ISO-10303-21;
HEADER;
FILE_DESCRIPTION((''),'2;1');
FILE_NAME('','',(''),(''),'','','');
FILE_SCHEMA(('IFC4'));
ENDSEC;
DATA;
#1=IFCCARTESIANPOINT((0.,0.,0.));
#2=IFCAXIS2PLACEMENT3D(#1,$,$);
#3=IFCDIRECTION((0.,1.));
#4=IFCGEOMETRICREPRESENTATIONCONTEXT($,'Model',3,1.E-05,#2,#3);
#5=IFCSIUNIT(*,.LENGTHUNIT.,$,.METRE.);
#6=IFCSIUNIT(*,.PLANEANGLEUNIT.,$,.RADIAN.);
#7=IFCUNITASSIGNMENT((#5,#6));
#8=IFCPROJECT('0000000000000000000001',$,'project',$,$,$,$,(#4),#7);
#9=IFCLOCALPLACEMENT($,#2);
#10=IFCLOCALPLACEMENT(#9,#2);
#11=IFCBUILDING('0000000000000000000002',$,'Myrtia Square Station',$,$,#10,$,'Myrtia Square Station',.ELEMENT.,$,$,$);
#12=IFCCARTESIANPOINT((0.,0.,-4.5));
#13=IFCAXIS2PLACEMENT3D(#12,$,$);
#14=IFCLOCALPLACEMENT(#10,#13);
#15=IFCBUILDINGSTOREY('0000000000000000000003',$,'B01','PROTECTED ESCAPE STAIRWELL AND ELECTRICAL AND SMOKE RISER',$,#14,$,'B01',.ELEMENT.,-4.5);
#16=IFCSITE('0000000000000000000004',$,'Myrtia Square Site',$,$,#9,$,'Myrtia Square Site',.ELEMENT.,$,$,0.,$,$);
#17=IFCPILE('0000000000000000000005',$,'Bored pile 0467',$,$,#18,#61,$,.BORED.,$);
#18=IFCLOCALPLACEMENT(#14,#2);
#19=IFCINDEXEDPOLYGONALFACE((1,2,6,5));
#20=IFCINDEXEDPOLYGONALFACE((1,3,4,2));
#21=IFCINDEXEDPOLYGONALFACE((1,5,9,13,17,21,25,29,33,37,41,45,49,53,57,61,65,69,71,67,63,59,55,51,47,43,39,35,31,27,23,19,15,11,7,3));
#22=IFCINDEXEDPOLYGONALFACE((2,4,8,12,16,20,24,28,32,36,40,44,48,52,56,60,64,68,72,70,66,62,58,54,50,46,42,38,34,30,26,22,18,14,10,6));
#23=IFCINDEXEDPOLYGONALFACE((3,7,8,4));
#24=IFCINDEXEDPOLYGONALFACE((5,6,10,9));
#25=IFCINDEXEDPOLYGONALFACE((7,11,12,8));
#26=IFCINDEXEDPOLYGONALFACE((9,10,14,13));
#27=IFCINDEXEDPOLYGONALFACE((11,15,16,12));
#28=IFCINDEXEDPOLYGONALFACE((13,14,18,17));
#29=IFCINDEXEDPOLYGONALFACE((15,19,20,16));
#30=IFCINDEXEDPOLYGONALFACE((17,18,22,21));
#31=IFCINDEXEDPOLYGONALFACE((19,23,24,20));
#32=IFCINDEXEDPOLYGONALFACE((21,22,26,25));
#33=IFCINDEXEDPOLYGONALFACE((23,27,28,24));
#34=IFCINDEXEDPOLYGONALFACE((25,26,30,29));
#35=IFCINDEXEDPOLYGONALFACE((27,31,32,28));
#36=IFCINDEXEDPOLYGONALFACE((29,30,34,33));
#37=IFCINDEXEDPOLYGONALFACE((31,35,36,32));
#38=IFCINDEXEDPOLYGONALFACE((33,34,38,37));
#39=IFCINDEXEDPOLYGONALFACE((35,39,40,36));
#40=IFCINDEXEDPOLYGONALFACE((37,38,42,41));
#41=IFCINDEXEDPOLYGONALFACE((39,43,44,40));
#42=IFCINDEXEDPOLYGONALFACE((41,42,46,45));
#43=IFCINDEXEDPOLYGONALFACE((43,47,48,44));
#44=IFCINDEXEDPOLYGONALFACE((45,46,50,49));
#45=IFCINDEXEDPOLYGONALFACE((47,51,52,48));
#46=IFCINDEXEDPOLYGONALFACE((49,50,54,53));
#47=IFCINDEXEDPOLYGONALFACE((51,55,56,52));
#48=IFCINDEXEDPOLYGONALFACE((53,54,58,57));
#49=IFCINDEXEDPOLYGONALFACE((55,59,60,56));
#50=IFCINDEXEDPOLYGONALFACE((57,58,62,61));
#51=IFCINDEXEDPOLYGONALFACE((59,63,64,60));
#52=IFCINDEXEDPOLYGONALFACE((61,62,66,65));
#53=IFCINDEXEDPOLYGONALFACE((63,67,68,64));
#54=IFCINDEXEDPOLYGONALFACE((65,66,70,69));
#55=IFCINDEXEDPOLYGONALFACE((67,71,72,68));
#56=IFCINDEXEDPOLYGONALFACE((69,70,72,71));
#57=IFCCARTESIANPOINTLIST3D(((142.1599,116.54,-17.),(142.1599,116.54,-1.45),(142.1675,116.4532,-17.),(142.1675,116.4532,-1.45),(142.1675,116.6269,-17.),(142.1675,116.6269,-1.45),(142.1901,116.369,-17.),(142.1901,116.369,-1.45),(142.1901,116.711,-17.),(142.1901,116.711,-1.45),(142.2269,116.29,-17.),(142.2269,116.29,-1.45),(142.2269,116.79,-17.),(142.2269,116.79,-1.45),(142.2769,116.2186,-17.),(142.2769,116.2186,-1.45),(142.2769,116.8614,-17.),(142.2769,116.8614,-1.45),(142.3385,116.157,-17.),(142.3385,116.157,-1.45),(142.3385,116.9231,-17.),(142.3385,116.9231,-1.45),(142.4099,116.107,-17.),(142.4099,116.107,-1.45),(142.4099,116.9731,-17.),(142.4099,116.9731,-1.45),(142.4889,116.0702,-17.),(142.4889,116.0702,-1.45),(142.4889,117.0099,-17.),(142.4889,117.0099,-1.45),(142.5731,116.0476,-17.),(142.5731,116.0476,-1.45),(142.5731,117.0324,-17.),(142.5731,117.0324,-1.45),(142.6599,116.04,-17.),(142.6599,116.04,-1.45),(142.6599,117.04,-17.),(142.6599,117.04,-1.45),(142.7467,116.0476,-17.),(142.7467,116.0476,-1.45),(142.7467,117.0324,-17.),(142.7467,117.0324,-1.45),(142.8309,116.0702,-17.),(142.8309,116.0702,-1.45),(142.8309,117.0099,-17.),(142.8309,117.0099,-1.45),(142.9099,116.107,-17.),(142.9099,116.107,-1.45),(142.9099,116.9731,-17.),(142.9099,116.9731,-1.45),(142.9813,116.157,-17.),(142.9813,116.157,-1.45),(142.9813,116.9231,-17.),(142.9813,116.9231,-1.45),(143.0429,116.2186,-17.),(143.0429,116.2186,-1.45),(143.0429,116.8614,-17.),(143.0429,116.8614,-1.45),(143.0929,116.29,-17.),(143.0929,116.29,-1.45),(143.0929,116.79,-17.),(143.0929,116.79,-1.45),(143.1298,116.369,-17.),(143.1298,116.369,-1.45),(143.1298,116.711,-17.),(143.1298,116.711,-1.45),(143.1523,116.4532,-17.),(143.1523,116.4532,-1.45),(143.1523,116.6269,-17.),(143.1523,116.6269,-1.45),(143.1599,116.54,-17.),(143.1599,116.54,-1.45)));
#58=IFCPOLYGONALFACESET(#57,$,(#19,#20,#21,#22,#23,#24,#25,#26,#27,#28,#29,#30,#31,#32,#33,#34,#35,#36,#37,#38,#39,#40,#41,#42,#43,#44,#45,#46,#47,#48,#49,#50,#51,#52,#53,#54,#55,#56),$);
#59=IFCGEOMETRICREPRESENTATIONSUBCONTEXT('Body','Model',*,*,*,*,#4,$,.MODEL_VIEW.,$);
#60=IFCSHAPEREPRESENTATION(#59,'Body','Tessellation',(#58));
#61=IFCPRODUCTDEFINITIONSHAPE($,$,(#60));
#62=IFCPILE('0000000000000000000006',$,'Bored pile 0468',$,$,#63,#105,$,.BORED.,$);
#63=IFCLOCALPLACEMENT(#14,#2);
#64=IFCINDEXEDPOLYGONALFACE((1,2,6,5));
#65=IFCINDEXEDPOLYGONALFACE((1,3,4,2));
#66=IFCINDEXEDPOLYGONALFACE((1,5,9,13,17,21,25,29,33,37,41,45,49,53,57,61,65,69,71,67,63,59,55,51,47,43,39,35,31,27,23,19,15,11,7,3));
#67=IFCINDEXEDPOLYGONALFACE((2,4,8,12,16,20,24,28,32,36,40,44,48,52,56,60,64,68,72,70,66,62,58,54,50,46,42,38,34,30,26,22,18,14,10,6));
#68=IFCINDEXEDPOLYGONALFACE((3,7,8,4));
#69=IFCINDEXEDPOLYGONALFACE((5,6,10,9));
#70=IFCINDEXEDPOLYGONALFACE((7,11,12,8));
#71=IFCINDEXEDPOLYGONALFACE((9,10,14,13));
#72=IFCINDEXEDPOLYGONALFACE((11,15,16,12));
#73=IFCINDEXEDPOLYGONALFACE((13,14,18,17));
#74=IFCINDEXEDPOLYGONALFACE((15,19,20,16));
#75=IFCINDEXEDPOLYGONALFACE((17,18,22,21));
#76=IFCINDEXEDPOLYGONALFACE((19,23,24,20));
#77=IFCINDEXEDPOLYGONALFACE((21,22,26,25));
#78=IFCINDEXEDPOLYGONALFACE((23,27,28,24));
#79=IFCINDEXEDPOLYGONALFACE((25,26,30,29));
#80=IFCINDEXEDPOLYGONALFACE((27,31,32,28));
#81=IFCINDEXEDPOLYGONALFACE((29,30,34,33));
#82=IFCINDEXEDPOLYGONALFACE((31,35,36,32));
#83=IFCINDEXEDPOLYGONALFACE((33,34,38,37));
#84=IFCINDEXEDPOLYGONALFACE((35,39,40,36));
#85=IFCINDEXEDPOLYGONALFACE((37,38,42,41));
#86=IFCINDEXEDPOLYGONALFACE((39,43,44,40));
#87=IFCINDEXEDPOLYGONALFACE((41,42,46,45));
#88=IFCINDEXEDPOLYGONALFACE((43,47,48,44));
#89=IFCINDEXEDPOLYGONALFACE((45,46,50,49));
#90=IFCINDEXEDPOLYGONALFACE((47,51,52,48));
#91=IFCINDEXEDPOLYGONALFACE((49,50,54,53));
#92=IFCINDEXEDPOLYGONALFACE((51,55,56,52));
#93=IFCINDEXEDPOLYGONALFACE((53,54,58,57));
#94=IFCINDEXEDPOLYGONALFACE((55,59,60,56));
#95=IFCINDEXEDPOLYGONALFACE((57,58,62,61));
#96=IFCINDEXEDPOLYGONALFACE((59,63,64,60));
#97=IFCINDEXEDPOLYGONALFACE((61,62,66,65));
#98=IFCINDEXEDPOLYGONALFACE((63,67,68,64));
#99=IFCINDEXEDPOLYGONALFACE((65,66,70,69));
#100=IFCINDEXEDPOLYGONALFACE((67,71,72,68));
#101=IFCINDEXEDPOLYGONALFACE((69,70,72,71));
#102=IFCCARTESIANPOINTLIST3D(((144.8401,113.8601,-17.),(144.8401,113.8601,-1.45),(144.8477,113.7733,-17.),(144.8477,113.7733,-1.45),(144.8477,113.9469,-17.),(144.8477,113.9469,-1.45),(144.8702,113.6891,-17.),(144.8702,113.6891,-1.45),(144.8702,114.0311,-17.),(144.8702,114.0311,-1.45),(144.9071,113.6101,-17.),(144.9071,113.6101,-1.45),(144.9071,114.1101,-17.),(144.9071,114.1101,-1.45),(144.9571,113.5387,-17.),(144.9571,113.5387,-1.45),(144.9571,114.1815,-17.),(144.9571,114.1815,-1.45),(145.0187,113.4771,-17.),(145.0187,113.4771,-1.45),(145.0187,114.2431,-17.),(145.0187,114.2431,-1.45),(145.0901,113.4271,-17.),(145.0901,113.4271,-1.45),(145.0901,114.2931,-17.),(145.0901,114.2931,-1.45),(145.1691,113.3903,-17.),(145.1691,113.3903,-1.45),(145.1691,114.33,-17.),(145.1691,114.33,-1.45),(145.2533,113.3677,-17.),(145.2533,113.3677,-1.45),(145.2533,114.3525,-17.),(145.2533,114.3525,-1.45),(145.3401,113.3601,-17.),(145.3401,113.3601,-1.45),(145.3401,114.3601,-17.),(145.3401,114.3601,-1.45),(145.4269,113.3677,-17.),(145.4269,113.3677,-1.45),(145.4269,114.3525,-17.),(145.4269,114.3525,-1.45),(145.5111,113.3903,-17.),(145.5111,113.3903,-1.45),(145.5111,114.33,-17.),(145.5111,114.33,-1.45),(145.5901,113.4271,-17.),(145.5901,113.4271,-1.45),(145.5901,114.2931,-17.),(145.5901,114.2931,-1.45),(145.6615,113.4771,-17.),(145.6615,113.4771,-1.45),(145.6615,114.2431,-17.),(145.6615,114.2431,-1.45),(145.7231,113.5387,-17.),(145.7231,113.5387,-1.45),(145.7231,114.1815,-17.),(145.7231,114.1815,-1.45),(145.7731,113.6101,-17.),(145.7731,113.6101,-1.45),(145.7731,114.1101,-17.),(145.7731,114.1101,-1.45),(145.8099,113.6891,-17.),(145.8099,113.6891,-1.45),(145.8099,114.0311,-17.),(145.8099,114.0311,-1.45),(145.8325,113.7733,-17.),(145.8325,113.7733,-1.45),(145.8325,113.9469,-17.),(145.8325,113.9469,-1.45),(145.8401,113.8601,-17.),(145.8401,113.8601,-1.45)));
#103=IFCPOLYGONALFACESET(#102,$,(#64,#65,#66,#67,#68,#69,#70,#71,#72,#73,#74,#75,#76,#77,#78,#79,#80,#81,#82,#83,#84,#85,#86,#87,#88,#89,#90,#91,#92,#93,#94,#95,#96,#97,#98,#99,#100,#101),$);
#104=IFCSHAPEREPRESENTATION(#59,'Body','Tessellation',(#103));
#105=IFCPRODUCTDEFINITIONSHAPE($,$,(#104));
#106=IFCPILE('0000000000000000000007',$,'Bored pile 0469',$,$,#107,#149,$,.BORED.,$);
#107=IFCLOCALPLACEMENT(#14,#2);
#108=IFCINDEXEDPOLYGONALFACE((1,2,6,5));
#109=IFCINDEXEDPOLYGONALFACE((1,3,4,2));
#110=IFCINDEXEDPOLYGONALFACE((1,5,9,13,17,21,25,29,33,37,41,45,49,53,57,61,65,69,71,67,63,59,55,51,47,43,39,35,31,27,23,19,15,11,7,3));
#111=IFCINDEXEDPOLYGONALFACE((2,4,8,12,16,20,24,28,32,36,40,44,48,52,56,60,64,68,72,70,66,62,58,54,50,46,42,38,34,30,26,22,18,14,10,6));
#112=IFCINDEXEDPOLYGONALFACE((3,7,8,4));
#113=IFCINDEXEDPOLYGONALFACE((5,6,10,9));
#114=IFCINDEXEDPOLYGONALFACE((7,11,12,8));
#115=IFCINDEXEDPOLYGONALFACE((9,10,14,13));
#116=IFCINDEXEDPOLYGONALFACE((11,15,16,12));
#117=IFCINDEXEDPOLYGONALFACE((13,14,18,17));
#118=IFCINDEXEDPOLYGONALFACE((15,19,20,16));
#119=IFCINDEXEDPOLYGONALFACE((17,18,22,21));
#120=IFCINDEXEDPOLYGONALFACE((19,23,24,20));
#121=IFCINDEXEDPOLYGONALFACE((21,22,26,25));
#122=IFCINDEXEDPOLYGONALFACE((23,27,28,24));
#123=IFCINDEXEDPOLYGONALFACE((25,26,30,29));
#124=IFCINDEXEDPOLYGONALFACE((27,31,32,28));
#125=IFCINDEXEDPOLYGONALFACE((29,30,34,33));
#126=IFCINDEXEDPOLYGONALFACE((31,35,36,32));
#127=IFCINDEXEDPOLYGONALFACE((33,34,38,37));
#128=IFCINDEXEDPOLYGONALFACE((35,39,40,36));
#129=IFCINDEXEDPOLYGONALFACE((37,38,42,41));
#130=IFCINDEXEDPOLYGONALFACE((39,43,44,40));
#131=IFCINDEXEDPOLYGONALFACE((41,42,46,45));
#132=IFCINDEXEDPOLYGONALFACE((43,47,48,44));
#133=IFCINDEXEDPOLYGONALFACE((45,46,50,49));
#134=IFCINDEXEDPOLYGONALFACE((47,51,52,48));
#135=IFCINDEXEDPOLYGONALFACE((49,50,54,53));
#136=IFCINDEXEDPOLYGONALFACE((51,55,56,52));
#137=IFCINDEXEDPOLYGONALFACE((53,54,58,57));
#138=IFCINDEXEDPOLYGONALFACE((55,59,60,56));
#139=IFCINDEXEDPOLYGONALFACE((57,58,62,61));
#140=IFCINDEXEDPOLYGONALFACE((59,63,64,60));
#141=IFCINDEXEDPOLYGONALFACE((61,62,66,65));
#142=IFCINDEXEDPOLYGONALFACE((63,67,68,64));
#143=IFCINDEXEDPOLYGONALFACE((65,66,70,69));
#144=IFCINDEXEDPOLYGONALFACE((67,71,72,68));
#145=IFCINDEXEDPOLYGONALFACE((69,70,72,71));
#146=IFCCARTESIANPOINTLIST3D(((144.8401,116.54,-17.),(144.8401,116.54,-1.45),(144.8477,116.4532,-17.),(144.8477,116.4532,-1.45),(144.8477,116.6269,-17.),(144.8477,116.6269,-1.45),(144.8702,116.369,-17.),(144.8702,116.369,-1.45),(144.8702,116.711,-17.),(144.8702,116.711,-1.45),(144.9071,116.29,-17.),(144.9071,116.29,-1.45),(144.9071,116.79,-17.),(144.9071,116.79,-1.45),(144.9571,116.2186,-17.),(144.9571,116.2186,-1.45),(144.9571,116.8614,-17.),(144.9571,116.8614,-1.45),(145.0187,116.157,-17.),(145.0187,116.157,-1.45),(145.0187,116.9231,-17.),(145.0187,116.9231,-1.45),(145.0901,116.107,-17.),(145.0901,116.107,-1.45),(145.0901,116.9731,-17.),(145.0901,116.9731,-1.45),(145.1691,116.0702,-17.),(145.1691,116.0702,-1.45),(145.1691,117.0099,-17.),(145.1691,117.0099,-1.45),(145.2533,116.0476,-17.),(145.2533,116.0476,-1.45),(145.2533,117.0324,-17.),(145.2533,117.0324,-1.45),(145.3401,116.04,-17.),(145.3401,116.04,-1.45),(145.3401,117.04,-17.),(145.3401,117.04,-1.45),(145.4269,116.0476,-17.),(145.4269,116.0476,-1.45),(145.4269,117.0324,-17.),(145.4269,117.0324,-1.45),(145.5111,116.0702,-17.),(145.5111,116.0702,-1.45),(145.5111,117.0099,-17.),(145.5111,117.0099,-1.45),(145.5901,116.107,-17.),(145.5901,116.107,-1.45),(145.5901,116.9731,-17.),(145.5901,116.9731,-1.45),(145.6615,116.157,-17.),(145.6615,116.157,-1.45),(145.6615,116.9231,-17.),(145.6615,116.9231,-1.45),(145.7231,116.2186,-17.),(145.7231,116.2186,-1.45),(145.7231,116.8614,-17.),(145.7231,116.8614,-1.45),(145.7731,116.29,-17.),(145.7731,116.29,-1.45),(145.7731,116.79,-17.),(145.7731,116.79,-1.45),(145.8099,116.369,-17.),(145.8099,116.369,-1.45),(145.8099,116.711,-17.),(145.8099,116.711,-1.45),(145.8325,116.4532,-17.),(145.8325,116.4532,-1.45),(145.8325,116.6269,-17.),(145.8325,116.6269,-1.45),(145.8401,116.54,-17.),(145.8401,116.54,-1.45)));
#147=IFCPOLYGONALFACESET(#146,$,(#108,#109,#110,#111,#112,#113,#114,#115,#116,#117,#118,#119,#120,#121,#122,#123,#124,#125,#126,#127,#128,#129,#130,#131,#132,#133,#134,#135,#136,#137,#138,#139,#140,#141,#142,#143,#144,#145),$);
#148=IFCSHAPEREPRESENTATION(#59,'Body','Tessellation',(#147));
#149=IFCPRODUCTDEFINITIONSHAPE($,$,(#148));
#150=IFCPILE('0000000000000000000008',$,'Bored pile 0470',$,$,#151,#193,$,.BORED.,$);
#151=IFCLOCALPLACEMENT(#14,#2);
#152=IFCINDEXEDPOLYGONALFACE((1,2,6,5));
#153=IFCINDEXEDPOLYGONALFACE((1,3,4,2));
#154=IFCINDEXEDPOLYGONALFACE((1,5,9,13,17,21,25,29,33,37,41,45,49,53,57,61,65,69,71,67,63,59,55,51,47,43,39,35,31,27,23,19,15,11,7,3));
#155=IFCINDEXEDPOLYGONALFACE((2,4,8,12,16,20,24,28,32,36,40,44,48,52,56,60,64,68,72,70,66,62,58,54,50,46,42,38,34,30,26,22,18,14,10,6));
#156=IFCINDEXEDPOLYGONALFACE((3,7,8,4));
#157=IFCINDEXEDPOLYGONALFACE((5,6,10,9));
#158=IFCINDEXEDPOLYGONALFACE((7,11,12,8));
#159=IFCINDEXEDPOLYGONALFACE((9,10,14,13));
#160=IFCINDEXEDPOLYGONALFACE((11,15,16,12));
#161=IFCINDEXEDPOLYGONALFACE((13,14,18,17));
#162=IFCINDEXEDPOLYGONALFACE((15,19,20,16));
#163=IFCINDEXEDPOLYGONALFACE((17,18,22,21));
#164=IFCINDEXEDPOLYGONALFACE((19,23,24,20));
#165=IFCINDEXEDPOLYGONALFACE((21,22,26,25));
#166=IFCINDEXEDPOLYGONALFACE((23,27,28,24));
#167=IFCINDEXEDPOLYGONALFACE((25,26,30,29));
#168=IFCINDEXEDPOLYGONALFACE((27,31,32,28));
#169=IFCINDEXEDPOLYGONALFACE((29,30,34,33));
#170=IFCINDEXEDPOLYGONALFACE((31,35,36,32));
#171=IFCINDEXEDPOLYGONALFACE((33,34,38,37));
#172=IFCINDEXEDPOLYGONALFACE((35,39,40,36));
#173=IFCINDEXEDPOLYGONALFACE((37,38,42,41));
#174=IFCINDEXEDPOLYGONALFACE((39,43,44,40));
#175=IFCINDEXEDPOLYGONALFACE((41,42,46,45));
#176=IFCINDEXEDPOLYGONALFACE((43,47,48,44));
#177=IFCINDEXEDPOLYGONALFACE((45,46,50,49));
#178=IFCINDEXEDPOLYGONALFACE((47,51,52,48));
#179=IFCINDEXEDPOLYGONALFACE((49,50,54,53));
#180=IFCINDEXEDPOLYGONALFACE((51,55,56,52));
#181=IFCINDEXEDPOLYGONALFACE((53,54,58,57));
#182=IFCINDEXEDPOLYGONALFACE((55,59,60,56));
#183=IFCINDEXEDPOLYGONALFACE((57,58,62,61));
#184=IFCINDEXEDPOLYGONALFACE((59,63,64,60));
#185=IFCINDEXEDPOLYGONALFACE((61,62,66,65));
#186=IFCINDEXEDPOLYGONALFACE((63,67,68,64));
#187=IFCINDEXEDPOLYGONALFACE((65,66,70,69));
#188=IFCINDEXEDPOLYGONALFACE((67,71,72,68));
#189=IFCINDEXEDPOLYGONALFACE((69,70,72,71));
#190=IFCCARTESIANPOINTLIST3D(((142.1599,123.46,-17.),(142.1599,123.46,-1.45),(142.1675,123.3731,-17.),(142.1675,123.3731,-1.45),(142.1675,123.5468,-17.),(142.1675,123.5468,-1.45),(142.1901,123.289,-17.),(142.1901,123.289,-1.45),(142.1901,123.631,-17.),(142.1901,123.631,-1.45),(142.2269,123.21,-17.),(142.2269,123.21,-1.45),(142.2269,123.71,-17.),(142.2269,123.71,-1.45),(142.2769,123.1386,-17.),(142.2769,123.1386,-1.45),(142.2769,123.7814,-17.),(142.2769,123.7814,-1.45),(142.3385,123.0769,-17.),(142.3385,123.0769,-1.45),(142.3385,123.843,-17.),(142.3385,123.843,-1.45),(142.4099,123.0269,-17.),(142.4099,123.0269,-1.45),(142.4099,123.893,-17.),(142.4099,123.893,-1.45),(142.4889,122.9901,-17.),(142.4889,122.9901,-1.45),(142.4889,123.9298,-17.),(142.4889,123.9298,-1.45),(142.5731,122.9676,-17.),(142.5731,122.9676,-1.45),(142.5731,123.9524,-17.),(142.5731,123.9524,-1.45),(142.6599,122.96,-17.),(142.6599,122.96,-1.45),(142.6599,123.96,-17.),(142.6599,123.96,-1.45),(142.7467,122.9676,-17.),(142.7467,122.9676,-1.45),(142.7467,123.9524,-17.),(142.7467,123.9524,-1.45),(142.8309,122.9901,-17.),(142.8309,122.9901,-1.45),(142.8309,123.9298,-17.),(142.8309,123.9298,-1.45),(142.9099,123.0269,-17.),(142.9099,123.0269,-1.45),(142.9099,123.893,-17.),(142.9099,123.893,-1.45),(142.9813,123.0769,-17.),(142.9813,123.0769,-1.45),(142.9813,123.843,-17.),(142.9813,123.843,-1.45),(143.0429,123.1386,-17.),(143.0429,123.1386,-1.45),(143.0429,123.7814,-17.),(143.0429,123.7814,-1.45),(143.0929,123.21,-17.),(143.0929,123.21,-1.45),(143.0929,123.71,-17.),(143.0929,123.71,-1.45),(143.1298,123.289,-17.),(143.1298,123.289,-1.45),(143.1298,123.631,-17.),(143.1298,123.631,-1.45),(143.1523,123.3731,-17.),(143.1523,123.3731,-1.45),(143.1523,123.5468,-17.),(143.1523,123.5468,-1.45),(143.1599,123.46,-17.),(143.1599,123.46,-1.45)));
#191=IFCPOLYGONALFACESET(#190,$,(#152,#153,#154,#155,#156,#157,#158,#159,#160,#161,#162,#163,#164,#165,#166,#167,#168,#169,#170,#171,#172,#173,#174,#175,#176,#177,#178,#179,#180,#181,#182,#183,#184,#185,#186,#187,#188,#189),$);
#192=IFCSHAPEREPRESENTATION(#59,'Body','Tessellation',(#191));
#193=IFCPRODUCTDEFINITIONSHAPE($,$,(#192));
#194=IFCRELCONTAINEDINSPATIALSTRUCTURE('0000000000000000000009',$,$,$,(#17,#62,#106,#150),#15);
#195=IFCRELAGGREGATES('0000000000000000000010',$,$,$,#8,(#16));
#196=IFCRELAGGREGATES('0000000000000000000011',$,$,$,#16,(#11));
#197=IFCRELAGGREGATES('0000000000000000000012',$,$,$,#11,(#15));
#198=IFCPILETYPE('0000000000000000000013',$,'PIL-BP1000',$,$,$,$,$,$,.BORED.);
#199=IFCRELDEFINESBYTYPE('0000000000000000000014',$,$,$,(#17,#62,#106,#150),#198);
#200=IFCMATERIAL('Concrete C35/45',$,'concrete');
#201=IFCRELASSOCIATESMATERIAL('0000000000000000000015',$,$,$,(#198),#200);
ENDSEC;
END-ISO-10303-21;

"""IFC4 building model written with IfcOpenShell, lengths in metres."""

from ifc_helpers import new_model, si_unit, direction, frame, origin, origin_2d, place, context, subcontext, project, spatial, circle, extrude, material, material_profile, profile_set, type_object, element, save


model = new_model("IFC4")

# Units and contexts
model_context = context("Model", 3, precision=1e-05, world=origin(), true_north=direction((0.0, 1.0)))
body_context = subcontext(model_context, "Body", "Model", "MODEL_VIEW")
ifc_project = project(units=[si_unit("LENGTHUNIT", "METRE"), si_unit("PLANEANGLEUNIT", "RADIAN")], contexts=[model_context])

# Site, building, storey
site_placement = place(None, origin())
site = spatial("IfcSite", under=ifc_project, at=site_placement, Name="Myrtia Square Site", LongName="Myrtia Square Site", CompositionType="ELEMENT", RefElevation=0.0)
building_placement = place(site_placement, origin())
building = spatial("IfcBuilding", under=site, at=building_placement, Name="Myrtia Square Station", LongName="Myrtia Square Station", CompositionType="ELEMENT")
storey_placement = place(building_placement, frame((0.0, 0.0, -4.5)))
storey = spatial("IfcBuildingStorey", under=building, at=storey_placement, Name="B01", Description="PROTECTED ESCAPE STAIRWELL AND ELECTRICAL AND SMOKE RISER", LongName="B01", CompositionType="ELEMENT", Elevation=-4.5)

# Shared definitions
ifc_material_1 = material(Name="Concrete C35/45", Category="concrete")

# Piles
ifc_material_profile_1 = material_profile(ifc_material_1, circle(Radius=0.5, at=origin_2d()), Name="BP D1000")
ifc_profile_set_1 = profile_set([ifc_material_profile_1], Name="Concrete C35/45")
pile_type_1 = type_object("IfcPileType", Name="PIL-BP1000", PredefinedType="BORED", material=ifc_profile_set_1)
for number, where, z_axis, x_axis, name in (
    (1, (142.6599, 116.54, -1.45), (0.0, 0.0, -1.0), (1.0, 0.0, 0.0), "Bored pile 0467"),
    (2, (145.3401, 113.8601, -1.45), (0.0, 0.0, -1.0), (1.0, 0.0, 0.0), "Bored pile 0468"),
    (3, (145.3401, 116.54, -1.45), (0.0, 0.0, -1.0), (1.0, 0.0, 0.0), "Bored pile 0469"),
    (4, (142.6599, 123.46, -1.45), (0.0, 0.0, -1.0), (1.0, 0.0, 0.0), "Bored pile 0470"),
):
    element("IfcPile", number, at=place(storey_placement, frame(where, z_axis=z_axis, x_axis=x_axis)), inside=storey, type_object=pile_type_1, Name=name, PredefinedType="BORED", context=body_context, shape_type="SweptSolid", body=[
        extrude(circle(Radius=0.5, at=origin_2d()), origin(), (0.0, 0.0, 1.0), 15.55),
    ])

save(model, "model.ifc")
